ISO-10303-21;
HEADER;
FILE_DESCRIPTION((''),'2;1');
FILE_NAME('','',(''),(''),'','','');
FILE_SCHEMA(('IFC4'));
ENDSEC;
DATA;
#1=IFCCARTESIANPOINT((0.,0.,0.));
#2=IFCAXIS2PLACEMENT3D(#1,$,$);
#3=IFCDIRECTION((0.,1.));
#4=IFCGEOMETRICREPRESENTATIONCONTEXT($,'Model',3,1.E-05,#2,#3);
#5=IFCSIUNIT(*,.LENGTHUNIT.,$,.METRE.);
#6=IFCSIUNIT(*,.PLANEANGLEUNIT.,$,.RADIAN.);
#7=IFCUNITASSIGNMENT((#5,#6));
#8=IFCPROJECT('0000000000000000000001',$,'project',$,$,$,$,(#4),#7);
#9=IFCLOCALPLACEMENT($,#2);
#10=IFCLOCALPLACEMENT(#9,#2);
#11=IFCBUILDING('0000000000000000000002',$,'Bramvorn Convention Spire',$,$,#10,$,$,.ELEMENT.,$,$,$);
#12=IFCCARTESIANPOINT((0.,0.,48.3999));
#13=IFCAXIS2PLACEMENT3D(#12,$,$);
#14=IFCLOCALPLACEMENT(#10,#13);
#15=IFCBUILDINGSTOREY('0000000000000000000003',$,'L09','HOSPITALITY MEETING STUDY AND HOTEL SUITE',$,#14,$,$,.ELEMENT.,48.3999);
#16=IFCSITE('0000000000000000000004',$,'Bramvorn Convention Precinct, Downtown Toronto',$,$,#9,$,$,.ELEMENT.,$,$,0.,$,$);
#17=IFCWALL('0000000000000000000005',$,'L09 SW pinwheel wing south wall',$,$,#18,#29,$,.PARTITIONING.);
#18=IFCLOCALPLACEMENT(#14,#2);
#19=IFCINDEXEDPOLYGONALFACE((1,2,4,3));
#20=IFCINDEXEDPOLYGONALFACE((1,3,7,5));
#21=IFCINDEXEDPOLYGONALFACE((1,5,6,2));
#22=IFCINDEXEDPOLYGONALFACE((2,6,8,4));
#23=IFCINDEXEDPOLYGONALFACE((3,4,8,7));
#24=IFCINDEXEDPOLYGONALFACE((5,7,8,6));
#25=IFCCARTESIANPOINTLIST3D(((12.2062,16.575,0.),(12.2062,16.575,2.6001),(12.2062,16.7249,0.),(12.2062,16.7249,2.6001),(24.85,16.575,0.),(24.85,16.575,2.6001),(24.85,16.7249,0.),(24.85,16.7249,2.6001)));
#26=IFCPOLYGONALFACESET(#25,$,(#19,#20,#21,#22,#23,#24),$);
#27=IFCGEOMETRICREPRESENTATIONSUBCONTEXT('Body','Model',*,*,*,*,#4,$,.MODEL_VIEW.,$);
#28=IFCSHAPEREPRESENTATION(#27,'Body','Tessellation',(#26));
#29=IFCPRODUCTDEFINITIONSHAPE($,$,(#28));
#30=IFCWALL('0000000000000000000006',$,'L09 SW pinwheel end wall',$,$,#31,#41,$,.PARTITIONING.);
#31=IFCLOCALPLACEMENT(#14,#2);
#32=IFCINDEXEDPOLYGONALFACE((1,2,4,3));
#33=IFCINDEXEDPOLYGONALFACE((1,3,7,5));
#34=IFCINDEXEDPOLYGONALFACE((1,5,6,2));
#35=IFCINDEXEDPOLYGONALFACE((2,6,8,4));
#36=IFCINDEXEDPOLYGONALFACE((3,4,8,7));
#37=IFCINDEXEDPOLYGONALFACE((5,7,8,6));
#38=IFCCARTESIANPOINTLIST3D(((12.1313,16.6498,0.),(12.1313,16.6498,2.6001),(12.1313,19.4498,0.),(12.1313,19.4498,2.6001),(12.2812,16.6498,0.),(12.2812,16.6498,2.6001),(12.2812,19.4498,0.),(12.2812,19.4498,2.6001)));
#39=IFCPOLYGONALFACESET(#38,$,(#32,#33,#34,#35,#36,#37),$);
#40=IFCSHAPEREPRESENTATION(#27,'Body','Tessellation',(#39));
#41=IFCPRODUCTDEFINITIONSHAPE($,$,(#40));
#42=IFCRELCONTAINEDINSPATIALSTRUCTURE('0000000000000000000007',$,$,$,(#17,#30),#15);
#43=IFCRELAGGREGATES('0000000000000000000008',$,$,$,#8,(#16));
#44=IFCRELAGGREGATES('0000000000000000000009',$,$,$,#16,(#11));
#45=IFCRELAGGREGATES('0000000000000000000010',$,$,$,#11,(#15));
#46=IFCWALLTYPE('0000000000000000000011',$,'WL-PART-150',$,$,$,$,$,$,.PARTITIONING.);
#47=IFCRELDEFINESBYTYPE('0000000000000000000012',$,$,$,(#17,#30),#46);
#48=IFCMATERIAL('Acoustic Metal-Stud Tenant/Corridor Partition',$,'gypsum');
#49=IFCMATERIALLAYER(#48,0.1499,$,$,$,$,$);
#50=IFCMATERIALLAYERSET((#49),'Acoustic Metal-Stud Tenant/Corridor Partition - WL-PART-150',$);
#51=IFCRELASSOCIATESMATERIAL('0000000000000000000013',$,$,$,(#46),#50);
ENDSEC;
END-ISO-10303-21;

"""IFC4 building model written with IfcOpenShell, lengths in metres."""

from ifc_helpers import new_model, si_unit, direction, frame, frame_2d, origin, place, context, subcontext, project, spatial, rectangle, extrude, material, layer, layer_set, type_object, element, save


model = new_model("IFC4")

# Units and contexts
model_context = context("Model", 3, precision=1e-05, world=origin(), true_north=direction((0.0, 1.0)))
body_context = subcontext(model_context, "Body", "Model", "MODEL_VIEW")
ifc_project = project(units=[si_unit("LENGTHUNIT", "METRE"), si_unit("PLANEANGLEUNIT", "RADIAN")], contexts=[model_context])

# Site, building, storey
site_placement = place(None, origin())
site = spatial("IfcSite", under=ifc_project, at=site_placement, Name="Bramvorn Convention Precinct, Downtown Toronto", CompositionType="ELEMENT", RefElevation=0.0)
building_placement = place(site_placement, origin())
building = spatial("IfcBuilding", under=site, at=building_placement, Name="Bramvorn Convention Spire", CompositionType="ELEMENT")
storey_placement = place(building_placement, frame((0.0, 0.0, 48.3999)))
storey = spatial("IfcBuildingStorey", under=building, at=storey_placement, Name="L09", Description="HOSPITALITY MEETING STUDY AND HOTEL SUITE", CompositionType="ELEMENT", Elevation=48.3999)

# Walls
ifc_material_1 = material(Name="Acoustic Metal-Stud Tenant/Corridor Partition", Category="gypsum")
ifc_layer_1 = layer(ifc_material_1, 0.1499)
ifc_layer_set_1 = layer_set([ifc_layer_1], Name="Acoustic Metal-Stud Tenant/Corridor Partition - WL-PART-150")
wall_type_1 = type_object("IfcWallType", Name="WL-PART-150", PredefinedType="PARTITIONING", material=ifc_layer_set_1)
for number, where, z_axis, x_axis, name in (
    (1, (12.2063, 16.6499, 0.0), (0.0, 0.0, 1.0), (1.0, 0.0, 0.0), "L09 SW pinwheel wing south wall"),
):
    element("IfcWall", number, at=place(storey_placement, frame(where, z_axis=z_axis, x_axis=x_axis)), inside=storey, type_object=wall_type_1, Name=name, PredefinedType="PARTITIONING", context=body_context, shape_type="SweptSolid", body=[
        extrude(rectangle(XDim=12.6438, YDim=0.1499, at=frame_2d((6.3218, 0.0))), origin(), (0.0, 0.0, 1.0), 2.6001),
    ])
wall_1_placement = place(storey_placement, frame((12.2063, 16.6499, 0.0), z_axis=(0.0, 0.0, 1.0), x_axis=(0.0, 1.0, 0.0)))
element("IfcWall", 2, at=wall_1_placement, inside=storey, type_object=wall_type_1, Name="L09 SW pinwheel end wall", PredefinedType="PARTITIONING", context=body_context, shape_type="SweptSolid", body=[
    extrude(rectangle(XDim=2.8, YDim=0.1499, at=frame_2d((1.3999, 0.0))), origin(), (0.0, 0.0, 1.0), 2.6001),
])

save(model, "model.ifc")
